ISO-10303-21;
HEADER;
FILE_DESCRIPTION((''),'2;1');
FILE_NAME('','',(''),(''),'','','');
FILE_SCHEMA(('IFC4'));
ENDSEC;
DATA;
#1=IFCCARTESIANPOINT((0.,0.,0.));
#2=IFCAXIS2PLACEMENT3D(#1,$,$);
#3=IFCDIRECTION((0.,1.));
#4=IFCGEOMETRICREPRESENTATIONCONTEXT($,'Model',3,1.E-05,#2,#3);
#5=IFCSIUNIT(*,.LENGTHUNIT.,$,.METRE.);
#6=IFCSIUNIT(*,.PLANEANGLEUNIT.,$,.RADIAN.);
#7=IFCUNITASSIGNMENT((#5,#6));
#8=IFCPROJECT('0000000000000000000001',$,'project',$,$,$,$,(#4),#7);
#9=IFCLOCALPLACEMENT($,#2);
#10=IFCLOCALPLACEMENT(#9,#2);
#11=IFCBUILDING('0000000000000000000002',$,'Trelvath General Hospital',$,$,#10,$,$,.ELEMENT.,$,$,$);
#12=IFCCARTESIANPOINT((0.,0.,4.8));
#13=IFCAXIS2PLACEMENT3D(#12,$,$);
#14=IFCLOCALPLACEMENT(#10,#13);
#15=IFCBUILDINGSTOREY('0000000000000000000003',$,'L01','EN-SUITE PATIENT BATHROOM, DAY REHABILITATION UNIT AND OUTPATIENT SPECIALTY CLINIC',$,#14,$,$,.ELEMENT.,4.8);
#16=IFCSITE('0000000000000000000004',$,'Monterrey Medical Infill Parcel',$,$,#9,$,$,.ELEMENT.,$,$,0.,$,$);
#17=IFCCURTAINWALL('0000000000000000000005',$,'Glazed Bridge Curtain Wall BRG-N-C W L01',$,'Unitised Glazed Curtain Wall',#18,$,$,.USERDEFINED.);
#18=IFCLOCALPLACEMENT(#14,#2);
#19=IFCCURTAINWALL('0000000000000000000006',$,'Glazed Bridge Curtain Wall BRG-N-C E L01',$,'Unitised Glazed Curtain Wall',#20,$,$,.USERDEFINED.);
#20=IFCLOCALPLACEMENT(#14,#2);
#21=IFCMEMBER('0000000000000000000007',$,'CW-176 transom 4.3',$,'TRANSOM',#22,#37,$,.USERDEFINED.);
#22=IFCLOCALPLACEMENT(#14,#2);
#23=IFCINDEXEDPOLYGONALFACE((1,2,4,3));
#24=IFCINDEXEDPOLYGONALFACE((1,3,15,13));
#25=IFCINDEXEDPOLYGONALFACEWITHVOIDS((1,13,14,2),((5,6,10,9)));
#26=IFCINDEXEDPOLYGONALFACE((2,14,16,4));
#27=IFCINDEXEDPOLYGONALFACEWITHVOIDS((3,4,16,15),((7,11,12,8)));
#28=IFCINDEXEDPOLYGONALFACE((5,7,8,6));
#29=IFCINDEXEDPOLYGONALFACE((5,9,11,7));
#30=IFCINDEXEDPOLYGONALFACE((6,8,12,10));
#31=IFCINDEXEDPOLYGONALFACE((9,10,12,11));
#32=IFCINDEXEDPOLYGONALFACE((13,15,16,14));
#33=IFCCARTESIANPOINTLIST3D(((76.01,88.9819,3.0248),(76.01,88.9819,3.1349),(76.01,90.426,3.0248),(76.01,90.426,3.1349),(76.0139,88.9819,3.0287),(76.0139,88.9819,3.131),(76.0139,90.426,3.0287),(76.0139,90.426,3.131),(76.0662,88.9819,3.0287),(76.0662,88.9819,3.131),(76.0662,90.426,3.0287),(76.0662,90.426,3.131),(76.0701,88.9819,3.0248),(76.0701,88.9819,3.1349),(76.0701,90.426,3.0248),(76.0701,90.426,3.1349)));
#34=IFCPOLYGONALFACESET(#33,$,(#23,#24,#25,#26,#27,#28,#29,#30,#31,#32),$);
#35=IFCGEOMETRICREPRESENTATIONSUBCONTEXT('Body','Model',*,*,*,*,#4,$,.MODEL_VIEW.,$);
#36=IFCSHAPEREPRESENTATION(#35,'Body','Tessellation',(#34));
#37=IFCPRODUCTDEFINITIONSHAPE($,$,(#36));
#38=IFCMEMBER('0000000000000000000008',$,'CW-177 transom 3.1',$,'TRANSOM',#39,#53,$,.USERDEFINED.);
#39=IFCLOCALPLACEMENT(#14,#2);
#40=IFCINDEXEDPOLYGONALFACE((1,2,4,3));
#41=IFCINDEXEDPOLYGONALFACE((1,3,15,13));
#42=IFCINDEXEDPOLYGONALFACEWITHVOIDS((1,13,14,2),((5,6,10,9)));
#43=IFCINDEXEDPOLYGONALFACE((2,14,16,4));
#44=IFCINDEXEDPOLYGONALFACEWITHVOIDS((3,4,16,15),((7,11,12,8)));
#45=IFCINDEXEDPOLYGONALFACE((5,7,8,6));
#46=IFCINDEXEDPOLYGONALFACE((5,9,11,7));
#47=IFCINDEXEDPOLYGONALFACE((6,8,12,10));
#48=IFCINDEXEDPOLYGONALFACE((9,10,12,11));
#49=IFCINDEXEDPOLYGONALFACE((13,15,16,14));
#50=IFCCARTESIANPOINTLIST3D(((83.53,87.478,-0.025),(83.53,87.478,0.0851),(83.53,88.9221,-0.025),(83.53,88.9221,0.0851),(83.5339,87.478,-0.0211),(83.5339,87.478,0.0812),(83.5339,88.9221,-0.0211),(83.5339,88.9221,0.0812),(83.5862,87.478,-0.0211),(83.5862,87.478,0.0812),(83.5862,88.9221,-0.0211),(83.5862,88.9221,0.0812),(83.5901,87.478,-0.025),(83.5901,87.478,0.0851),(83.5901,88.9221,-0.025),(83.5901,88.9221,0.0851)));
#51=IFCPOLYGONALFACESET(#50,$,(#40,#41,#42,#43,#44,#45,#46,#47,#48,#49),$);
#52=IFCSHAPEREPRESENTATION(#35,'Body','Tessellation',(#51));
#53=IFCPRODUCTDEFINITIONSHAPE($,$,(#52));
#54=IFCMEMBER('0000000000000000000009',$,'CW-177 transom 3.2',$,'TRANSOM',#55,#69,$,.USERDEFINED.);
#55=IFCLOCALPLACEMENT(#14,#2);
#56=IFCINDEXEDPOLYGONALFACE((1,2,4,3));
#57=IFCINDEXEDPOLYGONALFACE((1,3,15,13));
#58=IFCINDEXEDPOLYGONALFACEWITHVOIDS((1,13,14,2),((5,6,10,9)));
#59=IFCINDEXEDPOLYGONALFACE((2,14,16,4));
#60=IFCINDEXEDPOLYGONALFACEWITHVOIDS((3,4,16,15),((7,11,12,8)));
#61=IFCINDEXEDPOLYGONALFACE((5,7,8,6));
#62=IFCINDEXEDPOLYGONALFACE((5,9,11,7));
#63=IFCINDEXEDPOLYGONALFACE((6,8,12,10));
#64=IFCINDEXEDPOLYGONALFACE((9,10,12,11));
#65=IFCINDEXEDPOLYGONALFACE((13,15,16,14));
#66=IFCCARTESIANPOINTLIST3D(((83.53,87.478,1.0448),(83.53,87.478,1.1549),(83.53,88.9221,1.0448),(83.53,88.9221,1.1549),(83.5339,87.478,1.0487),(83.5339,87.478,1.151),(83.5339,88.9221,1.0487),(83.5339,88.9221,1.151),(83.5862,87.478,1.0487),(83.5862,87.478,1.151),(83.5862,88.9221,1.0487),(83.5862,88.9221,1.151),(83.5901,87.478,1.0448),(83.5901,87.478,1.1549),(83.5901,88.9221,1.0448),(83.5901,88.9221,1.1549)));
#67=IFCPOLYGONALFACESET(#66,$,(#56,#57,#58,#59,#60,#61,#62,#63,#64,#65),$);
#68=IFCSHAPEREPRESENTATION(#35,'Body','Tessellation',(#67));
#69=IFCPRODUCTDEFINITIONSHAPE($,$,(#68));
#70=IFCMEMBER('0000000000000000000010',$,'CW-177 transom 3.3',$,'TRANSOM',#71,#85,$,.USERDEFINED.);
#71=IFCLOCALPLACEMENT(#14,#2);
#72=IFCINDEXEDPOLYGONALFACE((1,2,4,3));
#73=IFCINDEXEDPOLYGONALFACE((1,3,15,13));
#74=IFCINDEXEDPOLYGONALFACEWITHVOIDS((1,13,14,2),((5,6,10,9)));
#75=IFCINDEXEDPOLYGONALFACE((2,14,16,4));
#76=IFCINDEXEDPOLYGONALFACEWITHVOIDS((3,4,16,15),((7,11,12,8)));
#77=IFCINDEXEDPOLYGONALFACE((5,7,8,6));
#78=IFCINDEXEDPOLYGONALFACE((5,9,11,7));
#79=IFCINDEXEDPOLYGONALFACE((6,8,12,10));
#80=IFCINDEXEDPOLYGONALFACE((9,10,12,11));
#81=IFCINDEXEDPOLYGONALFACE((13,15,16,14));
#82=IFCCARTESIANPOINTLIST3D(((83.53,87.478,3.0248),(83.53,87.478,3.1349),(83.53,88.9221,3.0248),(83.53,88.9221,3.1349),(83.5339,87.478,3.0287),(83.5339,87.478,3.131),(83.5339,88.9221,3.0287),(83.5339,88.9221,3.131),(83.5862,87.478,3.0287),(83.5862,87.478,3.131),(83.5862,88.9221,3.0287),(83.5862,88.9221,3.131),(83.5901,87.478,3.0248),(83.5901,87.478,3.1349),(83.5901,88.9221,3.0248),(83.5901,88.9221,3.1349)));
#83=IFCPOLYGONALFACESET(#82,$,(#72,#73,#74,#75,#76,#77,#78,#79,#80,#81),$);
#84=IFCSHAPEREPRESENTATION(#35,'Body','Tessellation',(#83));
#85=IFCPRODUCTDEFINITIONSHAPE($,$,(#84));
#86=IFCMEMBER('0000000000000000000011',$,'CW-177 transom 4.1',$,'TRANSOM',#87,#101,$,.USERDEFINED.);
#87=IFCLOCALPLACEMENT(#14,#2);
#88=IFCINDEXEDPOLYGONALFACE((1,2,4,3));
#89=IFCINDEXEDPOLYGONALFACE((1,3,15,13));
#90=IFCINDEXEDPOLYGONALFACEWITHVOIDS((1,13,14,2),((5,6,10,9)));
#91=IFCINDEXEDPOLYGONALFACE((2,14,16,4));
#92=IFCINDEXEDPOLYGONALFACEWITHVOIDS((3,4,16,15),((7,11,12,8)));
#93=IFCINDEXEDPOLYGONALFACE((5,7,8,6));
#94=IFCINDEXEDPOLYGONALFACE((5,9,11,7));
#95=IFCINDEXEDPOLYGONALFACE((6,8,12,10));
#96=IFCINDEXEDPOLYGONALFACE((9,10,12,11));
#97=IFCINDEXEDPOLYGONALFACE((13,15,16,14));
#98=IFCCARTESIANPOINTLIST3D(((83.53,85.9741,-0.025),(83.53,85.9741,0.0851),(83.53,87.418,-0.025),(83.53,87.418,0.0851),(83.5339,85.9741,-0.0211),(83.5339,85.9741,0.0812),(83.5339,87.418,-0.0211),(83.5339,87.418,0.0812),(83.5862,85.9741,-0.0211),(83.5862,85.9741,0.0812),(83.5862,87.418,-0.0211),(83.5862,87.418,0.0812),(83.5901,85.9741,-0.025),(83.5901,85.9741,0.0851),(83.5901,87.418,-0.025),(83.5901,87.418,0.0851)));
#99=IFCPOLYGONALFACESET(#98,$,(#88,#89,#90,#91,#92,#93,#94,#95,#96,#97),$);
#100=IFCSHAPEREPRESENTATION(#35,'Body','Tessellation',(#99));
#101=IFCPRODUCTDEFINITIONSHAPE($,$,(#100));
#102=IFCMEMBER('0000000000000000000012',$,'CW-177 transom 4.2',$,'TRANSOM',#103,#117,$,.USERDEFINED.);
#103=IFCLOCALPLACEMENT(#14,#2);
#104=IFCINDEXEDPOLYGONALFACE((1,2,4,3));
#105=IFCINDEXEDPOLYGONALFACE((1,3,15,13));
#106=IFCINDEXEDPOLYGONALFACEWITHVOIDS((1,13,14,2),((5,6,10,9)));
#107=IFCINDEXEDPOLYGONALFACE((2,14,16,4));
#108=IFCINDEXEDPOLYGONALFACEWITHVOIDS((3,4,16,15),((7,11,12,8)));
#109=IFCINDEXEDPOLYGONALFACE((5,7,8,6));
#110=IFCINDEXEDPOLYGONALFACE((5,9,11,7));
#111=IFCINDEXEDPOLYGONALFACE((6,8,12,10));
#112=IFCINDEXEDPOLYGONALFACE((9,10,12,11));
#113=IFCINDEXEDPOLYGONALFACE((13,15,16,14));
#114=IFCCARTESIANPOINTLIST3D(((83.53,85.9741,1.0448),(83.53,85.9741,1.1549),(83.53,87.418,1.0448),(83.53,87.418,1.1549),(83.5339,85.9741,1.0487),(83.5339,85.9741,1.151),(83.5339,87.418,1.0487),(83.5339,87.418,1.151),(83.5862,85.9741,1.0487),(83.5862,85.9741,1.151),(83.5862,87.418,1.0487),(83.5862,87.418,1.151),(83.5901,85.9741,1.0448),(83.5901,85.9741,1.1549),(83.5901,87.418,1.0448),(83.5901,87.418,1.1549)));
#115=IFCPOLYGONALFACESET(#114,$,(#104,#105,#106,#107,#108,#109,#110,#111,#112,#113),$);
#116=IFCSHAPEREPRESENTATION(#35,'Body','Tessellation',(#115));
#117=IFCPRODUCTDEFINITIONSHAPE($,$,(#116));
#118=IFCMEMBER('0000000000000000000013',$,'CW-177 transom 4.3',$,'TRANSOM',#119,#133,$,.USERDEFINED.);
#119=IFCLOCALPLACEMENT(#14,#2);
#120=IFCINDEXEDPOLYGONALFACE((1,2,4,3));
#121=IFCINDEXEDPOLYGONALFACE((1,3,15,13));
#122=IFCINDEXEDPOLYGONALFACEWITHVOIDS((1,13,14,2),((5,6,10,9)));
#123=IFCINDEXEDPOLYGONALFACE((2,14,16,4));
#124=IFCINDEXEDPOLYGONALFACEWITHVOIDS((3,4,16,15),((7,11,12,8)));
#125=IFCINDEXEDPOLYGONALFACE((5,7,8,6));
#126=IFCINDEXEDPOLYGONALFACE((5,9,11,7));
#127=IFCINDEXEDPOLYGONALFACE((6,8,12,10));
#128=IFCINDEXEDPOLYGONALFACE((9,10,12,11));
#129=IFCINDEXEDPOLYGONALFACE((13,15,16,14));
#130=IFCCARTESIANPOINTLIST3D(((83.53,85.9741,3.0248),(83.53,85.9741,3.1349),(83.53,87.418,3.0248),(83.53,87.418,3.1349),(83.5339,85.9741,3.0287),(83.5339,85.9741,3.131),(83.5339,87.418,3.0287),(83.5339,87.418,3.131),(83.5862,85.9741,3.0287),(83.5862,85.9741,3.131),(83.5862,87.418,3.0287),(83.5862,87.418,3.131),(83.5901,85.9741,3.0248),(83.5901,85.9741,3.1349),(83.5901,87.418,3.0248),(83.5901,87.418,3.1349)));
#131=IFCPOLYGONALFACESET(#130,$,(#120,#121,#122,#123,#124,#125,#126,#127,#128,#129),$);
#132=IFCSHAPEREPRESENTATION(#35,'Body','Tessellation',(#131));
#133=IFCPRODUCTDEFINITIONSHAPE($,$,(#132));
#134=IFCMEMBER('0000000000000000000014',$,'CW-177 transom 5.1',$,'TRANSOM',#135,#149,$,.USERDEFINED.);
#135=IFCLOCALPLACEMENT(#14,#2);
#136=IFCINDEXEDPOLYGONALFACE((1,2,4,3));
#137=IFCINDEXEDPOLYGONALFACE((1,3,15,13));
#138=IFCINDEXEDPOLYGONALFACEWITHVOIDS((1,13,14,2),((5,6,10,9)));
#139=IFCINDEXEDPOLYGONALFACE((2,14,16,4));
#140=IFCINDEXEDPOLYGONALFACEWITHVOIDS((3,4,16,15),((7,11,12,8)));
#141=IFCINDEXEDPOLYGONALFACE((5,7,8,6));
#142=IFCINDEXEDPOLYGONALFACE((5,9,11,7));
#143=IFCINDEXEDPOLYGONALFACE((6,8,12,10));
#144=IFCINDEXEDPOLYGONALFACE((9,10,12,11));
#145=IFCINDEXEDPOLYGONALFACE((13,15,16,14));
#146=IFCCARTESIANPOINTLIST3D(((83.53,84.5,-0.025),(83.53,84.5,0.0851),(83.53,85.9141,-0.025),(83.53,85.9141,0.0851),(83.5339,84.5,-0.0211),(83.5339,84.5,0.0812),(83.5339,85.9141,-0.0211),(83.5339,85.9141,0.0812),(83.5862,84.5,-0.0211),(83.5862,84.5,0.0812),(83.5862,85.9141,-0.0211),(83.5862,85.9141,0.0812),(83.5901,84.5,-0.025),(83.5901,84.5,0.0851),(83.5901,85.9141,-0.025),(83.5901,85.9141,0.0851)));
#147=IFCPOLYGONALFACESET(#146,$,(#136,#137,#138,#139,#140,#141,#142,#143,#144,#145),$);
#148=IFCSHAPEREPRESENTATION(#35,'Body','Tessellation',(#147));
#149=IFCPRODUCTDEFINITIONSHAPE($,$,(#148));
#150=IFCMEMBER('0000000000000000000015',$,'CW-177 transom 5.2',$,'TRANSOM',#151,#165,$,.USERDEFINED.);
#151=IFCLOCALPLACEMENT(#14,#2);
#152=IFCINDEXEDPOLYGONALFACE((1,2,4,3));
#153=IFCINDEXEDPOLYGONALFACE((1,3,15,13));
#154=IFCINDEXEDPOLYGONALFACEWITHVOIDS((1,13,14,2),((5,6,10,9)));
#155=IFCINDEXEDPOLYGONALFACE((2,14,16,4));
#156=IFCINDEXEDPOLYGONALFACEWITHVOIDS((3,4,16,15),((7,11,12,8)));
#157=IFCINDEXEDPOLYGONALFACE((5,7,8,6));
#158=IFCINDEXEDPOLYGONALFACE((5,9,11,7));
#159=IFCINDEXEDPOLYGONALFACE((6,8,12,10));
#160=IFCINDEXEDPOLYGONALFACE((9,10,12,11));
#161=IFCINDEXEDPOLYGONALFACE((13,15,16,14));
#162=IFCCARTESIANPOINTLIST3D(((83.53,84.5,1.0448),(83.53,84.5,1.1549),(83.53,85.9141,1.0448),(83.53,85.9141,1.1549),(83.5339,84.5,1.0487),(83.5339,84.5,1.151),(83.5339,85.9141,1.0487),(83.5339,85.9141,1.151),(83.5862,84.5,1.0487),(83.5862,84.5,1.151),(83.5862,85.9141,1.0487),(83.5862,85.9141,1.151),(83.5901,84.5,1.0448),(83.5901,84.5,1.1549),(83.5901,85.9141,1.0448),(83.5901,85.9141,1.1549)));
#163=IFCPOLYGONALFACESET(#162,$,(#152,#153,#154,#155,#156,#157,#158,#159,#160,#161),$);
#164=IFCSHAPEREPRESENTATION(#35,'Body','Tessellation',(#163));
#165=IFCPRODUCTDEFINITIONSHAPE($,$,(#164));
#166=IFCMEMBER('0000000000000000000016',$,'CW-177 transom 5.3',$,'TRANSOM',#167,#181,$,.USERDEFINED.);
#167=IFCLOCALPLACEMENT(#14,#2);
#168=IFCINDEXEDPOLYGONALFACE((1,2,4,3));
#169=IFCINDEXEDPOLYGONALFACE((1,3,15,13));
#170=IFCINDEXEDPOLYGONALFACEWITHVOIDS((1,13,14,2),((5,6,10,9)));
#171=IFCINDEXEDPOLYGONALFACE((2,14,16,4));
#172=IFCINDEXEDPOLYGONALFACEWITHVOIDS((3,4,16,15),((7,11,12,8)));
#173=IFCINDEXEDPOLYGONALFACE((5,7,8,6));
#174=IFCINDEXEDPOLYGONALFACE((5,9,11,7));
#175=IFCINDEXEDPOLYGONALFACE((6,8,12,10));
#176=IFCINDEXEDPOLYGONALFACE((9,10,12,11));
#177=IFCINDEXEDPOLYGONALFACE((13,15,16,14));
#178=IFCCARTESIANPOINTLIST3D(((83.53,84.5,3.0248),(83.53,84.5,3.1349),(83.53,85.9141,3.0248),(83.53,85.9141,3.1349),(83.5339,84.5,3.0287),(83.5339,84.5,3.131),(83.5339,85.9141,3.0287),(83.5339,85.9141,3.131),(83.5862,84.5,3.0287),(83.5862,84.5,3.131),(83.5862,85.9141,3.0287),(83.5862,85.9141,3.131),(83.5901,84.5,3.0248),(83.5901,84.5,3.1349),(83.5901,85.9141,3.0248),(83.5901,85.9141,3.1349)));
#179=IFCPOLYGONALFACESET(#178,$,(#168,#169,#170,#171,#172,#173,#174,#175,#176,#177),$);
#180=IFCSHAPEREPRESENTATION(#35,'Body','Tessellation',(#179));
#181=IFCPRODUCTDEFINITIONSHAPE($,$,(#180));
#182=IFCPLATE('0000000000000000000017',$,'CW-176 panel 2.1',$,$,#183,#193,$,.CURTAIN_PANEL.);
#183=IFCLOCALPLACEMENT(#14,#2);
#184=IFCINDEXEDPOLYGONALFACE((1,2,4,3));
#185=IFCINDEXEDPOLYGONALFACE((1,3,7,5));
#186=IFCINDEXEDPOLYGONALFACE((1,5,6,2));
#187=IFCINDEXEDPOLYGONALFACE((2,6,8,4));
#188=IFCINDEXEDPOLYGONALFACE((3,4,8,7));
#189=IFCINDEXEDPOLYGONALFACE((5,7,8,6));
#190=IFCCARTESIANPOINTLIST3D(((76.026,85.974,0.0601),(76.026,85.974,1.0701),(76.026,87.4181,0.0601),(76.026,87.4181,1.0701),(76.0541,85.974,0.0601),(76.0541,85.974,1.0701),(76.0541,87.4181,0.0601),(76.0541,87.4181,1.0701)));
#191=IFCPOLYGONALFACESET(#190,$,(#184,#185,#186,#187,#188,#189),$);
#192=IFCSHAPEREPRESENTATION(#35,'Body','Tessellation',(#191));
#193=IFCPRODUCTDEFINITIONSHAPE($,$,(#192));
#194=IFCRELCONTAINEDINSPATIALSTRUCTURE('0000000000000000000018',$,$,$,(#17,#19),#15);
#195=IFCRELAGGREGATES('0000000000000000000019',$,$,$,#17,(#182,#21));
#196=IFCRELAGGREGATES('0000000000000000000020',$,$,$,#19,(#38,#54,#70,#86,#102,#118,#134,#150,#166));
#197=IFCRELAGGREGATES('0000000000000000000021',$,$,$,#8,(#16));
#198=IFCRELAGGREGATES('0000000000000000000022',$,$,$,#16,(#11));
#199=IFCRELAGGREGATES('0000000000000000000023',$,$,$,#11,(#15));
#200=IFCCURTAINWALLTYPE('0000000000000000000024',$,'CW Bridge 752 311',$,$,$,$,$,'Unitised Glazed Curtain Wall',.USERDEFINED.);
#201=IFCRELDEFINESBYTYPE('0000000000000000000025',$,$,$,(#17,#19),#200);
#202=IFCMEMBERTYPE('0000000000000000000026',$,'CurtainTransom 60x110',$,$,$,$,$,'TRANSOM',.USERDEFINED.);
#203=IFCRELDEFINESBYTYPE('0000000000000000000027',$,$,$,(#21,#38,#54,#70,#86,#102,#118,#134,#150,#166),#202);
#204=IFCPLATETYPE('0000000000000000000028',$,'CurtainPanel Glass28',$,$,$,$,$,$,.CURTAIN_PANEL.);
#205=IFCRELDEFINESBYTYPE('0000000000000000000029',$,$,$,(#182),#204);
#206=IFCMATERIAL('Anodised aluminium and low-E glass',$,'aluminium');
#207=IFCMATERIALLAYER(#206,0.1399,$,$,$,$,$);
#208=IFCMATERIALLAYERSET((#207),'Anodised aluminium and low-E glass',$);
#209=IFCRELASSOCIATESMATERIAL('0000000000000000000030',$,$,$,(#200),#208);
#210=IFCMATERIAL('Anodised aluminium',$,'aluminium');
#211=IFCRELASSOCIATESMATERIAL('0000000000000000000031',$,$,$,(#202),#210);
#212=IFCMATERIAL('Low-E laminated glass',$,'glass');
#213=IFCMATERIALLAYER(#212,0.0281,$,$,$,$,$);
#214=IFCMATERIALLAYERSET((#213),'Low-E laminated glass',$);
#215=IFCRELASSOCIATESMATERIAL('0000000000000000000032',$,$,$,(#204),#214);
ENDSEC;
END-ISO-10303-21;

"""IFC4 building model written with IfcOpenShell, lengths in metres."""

from ifc_helpers import new_model, si_unit, direction, frame, origin, origin_2d, place, context, subcontext, project, spatial, rectangle, hollow_rectangle, extrude, material, layer, layer_set, material_profile, profile_set, type_object, element, aggregate, save


model = new_model("IFC4")

# Units and contexts
model_context = context("Model", 3, precision=1e-05, world=origin(), true_north=direction((0.0, 1.0)))
body_context = subcontext(model_context, "Body", "Model", "MODEL_VIEW")
ifc_project = project(units=[si_unit("LENGTHUNIT", "METRE"), si_unit("PLANEANGLEUNIT", "RADIAN")], contexts=[model_context])

# Site, building, storey
site_placement = place(None, origin())
site = spatial("IfcSite", under=ifc_project, at=site_placement, Name="Monterrey Medical Infill Parcel", CompositionType="ELEMENT", RefElevation=0.0)
building_placement = place(site_placement, origin())
building = spatial("IfcBuilding", under=site, at=building_placement, Name="Trelvath General Hospital", CompositionType="ELEMENT")
storey_placement = place(building_placement, frame((0.0, 0.0, 4.8)))
storey = spatial("IfcBuildingStorey", under=building, at=storey_placement, Name="L01", Description="EN-SUITE PATIENT BATHROOM, DAY REHABILITATION UNIT AND OUTPATIENT SPECIALTY CLINIC", CompositionType="ELEMENT", Elevation=4.8)

# Curtain walls
ifc_material_1 = material(Name="Anodised aluminium and low-E glass", Category="aluminium")
ifc_layer_1 = layer(ifc_material_1, 0.1399)
ifc_layer_set_1 = layer_set([ifc_layer_1], Name="Anodised aluminium and low-E glass")
curtain_wall_type = type_object("IfcCurtainWallType", Name="CW Bridge 752 311", ElementType="Unitised Glazed Curtain Wall", PredefinedType="USERDEFINED", material=ifc_layer_set_1)
curtain_wall_1_placement = place(storey_placement, origin())
curtain_wall_1 = element("IfcCurtainWall", 1, at=curtain_wall_1_placement, inside=storey, type_object=curtain_wall_type, Name="Glazed Bridge Curtain Wall BRG-N-C W L01", ObjectType="Unitised Glazed Curtain Wall", PredefinedType="USERDEFINED")
curtain_wall_2_placement = place(storey_placement, origin())
curtain_wall_2 = element("IfcCurtainWall", 2, at=curtain_wall_2_placement, inside=storey, type_object=curtain_wall_type, Name="Glazed Bridge Curtain Wall BRG-N-C E L01", ObjectType="Unitised Glazed Curtain Wall", PredefinedType="USERDEFINED")

# Members
ifc_material_2 = material(Name="Anodised aluminium", Category="aluminium")
ifc_material_profile_1 = material_profile(ifc_material_2, hollow_rectangle(XDim=0.0601, YDim=0.1101, WallThickness=0.0039, at=origin_2d()), Name="RHS60x110x4")
ifc_profile_set_1 = profile_set([ifc_material_profile_1], Name="Anodised aluminium")
member_type_1 = type_object("IfcMemberType", Name="CurtainTransom 60x110", ElementType="TRANSOM", PredefinedType="USERDEFINED", material=ifc_profile_set_1)
member_1_placement = place(storey_placement, frame((76.04, 88.9819, 3.0798), z_axis=(0.0, 1.0, 0.0), x_axis=(-1.0, 0.0, 0.0)))
member_1 = element("IfcMember", 3, at=member_1_placement, type_object=member_type_1, Name="CW-176 transom 4.3", ObjectType="TRANSOM", PredefinedType="USERDEFINED", context=body_context, shape_type="SweptSolid", body=[
    extrude(hollow_rectangle(XDim=0.0601, YDim=0.1101, WallThickness=0.0039, at=origin_2d()), origin(), (0.0, 0.0, 1.0), 1.4441),
])
member_2_placement = place(storey_placement, frame((83.5601, 88.9221, 0.03), z_axis=(0.0, -1.0, 0.0), x_axis=(1.0, 0.0, 0.0)))
member_2 = element("IfcMember", 4, at=member_2_placement, type_object=member_type_1, Name="CW-177 transom 3.1", ObjectType="TRANSOM", PredefinedType="USERDEFINED", context=body_context, shape_type="SweptSolid", body=[
    extrude(hollow_rectangle(XDim=0.0601, YDim=0.1101, WallThickness=0.0039, at=origin_2d()), origin(), (0.0, 0.0, 1.0), 1.4441),
])
member_3_placement = place(storey_placement, frame((83.5601, 88.9221, 1.0999), z_axis=(0.0, -1.0, 0.0), x_axis=(1.0, 0.0, 0.0)))
member_3 = element("IfcMember", 5, at=member_3_placement, type_object=member_type_1, Name="CW-177 transom 3.2", ObjectType="TRANSOM", PredefinedType="USERDEFINED", context=body_context, shape_type="SweptSolid", body=[
    extrude(hollow_rectangle(XDim=0.0601, YDim=0.1101, WallThickness=0.0039, at=origin_2d()), origin(), (0.0, 0.0, 1.0), 1.4441),
])
member_4_placement = place(storey_placement, frame((83.5601, 88.9221, 3.0798), z_axis=(0.0, -1.0, 0.0), x_axis=(1.0, 0.0, 0.0)))
member_4 = element("IfcMember", 6, at=member_4_placement, type_object=member_type_1, Name="CW-177 transom 3.3", ObjectType="TRANSOM", PredefinedType="USERDEFINED", context=body_context, shape_type="SweptSolid", body=[
    extrude(hollow_rectangle(XDim=0.0601, YDim=0.1101, WallThickness=0.0039, at=origin_2d()), origin(), (0.0, 0.0, 1.0), 1.4441),
])
member_5_placement = place(storey_placement, frame((83.5601, 87.418, 0.03), z_axis=(0.0, -1.0, 0.0), x_axis=(1.0, 0.0, 0.0)))
member_5 = element("IfcMember", 7, at=member_5_placement, type_object=member_type_1, Name="CW-177 transom 4.1", ObjectType="TRANSOM", PredefinedType="USERDEFINED", context=body_context, shape_type="SweptSolid", body=[
    extrude(hollow_rectangle(XDim=0.0601, YDim=0.1101, WallThickness=0.0039, at=origin_2d()), origin(), (0.0, 0.0, 1.0), 1.4438),
])
member_6_placement = place(storey_placement, frame((83.5601, 87.418, 1.0999), z_axis=(0.0, -1.0, 0.0), x_axis=(1.0, 0.0, 0.0)))
member_6 = element("IfcMember", 8, at=member_6_placement, type_object=member_type_1, Name="CW-177 transom 4.2", ObjectType="TRANSOM", PredefinedType="USERDEFINED", context=body_context, shape_type="SweptSolid", body=[
    extrude(hollow_rectangle(XDim=0.0601, YDim=0.1101, WallThickness=0.0039, at=origin_2d()), origin(), (0.0, 0.0, 1.0), 1.4438),
])
member_7_placement = place(storey_placement, frame((83.5601, 87.418, 3.0798), z_axis=(0.0, -1.0, 0.0), x_axis=(1.0, 0.0, 0.0)))
member_7 = element("IfcMember", 9, at=member_7_placement, type_object=member_type_1, Name="CW-177 transom 4.3", ObjectType="TRANSOM", PredefinedType="USERDEFINED", context=body_context, shape_type="SweptSolid", body=[
    extrude(hollow_rectangle(XDim=0.0601, YDim=0.1101, WallThickness=0.0039, at=origin_2d()), origin(), (0.0, 0.0, 1.0), 1.4438),
])
member_8_placement = place(storey_placement, frame((83.5601, 85.9141, 0.03), z_axis=(0.0, -1.0, 0.0), x_axis=(1.0, 0.0, 0.0)))
member_8 = element("IfcMember", 10, at=member_8_placement, type_object=member_type_1, Name="CW-177 transom 5.1", ObjectType="TRANSOM", PredefinedType="USERDEFINED", context=body_context, shape_type="SweptSolid", body=[
    extrude(hollow_rectangle(XDim=0.0601, YDim=0.1101, WallThickness=0.0039, at=origin_2d()), origin(), (0.0, 0.0, 1.0), 1.4141),
])
member_9_placement = place(storey_placement, frame((83.5601, 85.9141, 1.0999), z_axis=(0.0, -1.0, 0.0), x_axis=(1.0, 0.0, 0.0)))
member_9 = element("IfcMember", 11, at=member_9_placement, type_object=member_type_1, Name="CW-177 transom 5.2", ObjectType="TRANSOM", PredefinedType="USERDEFINED", context=body_context, shape_type="SweptSolid", body=[
    extrude(hollow_rectangle(XDim=0.0601, YDim=0.1101, WallThickness=0.0039, at=origin_2d()), origin(), (0.0, 0.0, 1.0), 1.4141),
])
member_10_placement = place(storey_placement, frame((83.5601, 85.9141, 3.0798), z_axis=(0.0, -1.0, 0.0), x_axis=(1.0, 0.0, 0.0)))
member_10 = element("IfcMember", 12, at=member_10_placement, type_object=member_type_1, Name="CW-177 transom 5.3", ObjectType="TRANSOM", PredefinedType="USERDEFINED", context=body_context, shape_type="SweptSolid", body=[
    extrude(hollow_rectangle(XDim=0.0601, YDim=0.1101, WallThickness=0.0039, at=origin_2d()), origin(), (0.0, 0.0, 1.0), 1.4141),
])

# Plate
ifc_material_3 = material(Name="Low-E laminated glass", Category="glass")
ifc_layer_2 = layer(ifc_material_3, 0.0281)
ifc_layer_set_2 = layer_set([ifc_layer_2], Name="Low-E laminated glass")
plate_type = type_object("IfcPlateType", Name="CurtainPanel Glass28", PredefinedType="CURTAIN_PANEL", material=ifc_layer_set_2)
plate_1_placement = place(storey_placement, frame((76.04, 86.696, 0.0601), z_axis=(0.0, 0.0, 1.0), x_axis=(0.0, 1.0, 0.0)))
plate_1 = element("IfcPlate", 13, at=plate_1_placement, type_object=plate_type, Name="CW-176 panel 2.1", PredefinedType="CURTAIN_PANEL", context=body_context, shape_type="SweptSolid", body=[
    extrude(rectangle(XDim=1.4441, YDim=0.0281, at=origin_2d()), origin(), (0.0, 0.0, 1.0), 1.01),
])
aggregate(curtain_wall_1, [plate_1, member_1])
aggregate(curtain_wall_2, [member_2, member_3, member_4, member_5, member_6, member_7, member_8, member_9, member_10])

save(model, "model.ifc")
